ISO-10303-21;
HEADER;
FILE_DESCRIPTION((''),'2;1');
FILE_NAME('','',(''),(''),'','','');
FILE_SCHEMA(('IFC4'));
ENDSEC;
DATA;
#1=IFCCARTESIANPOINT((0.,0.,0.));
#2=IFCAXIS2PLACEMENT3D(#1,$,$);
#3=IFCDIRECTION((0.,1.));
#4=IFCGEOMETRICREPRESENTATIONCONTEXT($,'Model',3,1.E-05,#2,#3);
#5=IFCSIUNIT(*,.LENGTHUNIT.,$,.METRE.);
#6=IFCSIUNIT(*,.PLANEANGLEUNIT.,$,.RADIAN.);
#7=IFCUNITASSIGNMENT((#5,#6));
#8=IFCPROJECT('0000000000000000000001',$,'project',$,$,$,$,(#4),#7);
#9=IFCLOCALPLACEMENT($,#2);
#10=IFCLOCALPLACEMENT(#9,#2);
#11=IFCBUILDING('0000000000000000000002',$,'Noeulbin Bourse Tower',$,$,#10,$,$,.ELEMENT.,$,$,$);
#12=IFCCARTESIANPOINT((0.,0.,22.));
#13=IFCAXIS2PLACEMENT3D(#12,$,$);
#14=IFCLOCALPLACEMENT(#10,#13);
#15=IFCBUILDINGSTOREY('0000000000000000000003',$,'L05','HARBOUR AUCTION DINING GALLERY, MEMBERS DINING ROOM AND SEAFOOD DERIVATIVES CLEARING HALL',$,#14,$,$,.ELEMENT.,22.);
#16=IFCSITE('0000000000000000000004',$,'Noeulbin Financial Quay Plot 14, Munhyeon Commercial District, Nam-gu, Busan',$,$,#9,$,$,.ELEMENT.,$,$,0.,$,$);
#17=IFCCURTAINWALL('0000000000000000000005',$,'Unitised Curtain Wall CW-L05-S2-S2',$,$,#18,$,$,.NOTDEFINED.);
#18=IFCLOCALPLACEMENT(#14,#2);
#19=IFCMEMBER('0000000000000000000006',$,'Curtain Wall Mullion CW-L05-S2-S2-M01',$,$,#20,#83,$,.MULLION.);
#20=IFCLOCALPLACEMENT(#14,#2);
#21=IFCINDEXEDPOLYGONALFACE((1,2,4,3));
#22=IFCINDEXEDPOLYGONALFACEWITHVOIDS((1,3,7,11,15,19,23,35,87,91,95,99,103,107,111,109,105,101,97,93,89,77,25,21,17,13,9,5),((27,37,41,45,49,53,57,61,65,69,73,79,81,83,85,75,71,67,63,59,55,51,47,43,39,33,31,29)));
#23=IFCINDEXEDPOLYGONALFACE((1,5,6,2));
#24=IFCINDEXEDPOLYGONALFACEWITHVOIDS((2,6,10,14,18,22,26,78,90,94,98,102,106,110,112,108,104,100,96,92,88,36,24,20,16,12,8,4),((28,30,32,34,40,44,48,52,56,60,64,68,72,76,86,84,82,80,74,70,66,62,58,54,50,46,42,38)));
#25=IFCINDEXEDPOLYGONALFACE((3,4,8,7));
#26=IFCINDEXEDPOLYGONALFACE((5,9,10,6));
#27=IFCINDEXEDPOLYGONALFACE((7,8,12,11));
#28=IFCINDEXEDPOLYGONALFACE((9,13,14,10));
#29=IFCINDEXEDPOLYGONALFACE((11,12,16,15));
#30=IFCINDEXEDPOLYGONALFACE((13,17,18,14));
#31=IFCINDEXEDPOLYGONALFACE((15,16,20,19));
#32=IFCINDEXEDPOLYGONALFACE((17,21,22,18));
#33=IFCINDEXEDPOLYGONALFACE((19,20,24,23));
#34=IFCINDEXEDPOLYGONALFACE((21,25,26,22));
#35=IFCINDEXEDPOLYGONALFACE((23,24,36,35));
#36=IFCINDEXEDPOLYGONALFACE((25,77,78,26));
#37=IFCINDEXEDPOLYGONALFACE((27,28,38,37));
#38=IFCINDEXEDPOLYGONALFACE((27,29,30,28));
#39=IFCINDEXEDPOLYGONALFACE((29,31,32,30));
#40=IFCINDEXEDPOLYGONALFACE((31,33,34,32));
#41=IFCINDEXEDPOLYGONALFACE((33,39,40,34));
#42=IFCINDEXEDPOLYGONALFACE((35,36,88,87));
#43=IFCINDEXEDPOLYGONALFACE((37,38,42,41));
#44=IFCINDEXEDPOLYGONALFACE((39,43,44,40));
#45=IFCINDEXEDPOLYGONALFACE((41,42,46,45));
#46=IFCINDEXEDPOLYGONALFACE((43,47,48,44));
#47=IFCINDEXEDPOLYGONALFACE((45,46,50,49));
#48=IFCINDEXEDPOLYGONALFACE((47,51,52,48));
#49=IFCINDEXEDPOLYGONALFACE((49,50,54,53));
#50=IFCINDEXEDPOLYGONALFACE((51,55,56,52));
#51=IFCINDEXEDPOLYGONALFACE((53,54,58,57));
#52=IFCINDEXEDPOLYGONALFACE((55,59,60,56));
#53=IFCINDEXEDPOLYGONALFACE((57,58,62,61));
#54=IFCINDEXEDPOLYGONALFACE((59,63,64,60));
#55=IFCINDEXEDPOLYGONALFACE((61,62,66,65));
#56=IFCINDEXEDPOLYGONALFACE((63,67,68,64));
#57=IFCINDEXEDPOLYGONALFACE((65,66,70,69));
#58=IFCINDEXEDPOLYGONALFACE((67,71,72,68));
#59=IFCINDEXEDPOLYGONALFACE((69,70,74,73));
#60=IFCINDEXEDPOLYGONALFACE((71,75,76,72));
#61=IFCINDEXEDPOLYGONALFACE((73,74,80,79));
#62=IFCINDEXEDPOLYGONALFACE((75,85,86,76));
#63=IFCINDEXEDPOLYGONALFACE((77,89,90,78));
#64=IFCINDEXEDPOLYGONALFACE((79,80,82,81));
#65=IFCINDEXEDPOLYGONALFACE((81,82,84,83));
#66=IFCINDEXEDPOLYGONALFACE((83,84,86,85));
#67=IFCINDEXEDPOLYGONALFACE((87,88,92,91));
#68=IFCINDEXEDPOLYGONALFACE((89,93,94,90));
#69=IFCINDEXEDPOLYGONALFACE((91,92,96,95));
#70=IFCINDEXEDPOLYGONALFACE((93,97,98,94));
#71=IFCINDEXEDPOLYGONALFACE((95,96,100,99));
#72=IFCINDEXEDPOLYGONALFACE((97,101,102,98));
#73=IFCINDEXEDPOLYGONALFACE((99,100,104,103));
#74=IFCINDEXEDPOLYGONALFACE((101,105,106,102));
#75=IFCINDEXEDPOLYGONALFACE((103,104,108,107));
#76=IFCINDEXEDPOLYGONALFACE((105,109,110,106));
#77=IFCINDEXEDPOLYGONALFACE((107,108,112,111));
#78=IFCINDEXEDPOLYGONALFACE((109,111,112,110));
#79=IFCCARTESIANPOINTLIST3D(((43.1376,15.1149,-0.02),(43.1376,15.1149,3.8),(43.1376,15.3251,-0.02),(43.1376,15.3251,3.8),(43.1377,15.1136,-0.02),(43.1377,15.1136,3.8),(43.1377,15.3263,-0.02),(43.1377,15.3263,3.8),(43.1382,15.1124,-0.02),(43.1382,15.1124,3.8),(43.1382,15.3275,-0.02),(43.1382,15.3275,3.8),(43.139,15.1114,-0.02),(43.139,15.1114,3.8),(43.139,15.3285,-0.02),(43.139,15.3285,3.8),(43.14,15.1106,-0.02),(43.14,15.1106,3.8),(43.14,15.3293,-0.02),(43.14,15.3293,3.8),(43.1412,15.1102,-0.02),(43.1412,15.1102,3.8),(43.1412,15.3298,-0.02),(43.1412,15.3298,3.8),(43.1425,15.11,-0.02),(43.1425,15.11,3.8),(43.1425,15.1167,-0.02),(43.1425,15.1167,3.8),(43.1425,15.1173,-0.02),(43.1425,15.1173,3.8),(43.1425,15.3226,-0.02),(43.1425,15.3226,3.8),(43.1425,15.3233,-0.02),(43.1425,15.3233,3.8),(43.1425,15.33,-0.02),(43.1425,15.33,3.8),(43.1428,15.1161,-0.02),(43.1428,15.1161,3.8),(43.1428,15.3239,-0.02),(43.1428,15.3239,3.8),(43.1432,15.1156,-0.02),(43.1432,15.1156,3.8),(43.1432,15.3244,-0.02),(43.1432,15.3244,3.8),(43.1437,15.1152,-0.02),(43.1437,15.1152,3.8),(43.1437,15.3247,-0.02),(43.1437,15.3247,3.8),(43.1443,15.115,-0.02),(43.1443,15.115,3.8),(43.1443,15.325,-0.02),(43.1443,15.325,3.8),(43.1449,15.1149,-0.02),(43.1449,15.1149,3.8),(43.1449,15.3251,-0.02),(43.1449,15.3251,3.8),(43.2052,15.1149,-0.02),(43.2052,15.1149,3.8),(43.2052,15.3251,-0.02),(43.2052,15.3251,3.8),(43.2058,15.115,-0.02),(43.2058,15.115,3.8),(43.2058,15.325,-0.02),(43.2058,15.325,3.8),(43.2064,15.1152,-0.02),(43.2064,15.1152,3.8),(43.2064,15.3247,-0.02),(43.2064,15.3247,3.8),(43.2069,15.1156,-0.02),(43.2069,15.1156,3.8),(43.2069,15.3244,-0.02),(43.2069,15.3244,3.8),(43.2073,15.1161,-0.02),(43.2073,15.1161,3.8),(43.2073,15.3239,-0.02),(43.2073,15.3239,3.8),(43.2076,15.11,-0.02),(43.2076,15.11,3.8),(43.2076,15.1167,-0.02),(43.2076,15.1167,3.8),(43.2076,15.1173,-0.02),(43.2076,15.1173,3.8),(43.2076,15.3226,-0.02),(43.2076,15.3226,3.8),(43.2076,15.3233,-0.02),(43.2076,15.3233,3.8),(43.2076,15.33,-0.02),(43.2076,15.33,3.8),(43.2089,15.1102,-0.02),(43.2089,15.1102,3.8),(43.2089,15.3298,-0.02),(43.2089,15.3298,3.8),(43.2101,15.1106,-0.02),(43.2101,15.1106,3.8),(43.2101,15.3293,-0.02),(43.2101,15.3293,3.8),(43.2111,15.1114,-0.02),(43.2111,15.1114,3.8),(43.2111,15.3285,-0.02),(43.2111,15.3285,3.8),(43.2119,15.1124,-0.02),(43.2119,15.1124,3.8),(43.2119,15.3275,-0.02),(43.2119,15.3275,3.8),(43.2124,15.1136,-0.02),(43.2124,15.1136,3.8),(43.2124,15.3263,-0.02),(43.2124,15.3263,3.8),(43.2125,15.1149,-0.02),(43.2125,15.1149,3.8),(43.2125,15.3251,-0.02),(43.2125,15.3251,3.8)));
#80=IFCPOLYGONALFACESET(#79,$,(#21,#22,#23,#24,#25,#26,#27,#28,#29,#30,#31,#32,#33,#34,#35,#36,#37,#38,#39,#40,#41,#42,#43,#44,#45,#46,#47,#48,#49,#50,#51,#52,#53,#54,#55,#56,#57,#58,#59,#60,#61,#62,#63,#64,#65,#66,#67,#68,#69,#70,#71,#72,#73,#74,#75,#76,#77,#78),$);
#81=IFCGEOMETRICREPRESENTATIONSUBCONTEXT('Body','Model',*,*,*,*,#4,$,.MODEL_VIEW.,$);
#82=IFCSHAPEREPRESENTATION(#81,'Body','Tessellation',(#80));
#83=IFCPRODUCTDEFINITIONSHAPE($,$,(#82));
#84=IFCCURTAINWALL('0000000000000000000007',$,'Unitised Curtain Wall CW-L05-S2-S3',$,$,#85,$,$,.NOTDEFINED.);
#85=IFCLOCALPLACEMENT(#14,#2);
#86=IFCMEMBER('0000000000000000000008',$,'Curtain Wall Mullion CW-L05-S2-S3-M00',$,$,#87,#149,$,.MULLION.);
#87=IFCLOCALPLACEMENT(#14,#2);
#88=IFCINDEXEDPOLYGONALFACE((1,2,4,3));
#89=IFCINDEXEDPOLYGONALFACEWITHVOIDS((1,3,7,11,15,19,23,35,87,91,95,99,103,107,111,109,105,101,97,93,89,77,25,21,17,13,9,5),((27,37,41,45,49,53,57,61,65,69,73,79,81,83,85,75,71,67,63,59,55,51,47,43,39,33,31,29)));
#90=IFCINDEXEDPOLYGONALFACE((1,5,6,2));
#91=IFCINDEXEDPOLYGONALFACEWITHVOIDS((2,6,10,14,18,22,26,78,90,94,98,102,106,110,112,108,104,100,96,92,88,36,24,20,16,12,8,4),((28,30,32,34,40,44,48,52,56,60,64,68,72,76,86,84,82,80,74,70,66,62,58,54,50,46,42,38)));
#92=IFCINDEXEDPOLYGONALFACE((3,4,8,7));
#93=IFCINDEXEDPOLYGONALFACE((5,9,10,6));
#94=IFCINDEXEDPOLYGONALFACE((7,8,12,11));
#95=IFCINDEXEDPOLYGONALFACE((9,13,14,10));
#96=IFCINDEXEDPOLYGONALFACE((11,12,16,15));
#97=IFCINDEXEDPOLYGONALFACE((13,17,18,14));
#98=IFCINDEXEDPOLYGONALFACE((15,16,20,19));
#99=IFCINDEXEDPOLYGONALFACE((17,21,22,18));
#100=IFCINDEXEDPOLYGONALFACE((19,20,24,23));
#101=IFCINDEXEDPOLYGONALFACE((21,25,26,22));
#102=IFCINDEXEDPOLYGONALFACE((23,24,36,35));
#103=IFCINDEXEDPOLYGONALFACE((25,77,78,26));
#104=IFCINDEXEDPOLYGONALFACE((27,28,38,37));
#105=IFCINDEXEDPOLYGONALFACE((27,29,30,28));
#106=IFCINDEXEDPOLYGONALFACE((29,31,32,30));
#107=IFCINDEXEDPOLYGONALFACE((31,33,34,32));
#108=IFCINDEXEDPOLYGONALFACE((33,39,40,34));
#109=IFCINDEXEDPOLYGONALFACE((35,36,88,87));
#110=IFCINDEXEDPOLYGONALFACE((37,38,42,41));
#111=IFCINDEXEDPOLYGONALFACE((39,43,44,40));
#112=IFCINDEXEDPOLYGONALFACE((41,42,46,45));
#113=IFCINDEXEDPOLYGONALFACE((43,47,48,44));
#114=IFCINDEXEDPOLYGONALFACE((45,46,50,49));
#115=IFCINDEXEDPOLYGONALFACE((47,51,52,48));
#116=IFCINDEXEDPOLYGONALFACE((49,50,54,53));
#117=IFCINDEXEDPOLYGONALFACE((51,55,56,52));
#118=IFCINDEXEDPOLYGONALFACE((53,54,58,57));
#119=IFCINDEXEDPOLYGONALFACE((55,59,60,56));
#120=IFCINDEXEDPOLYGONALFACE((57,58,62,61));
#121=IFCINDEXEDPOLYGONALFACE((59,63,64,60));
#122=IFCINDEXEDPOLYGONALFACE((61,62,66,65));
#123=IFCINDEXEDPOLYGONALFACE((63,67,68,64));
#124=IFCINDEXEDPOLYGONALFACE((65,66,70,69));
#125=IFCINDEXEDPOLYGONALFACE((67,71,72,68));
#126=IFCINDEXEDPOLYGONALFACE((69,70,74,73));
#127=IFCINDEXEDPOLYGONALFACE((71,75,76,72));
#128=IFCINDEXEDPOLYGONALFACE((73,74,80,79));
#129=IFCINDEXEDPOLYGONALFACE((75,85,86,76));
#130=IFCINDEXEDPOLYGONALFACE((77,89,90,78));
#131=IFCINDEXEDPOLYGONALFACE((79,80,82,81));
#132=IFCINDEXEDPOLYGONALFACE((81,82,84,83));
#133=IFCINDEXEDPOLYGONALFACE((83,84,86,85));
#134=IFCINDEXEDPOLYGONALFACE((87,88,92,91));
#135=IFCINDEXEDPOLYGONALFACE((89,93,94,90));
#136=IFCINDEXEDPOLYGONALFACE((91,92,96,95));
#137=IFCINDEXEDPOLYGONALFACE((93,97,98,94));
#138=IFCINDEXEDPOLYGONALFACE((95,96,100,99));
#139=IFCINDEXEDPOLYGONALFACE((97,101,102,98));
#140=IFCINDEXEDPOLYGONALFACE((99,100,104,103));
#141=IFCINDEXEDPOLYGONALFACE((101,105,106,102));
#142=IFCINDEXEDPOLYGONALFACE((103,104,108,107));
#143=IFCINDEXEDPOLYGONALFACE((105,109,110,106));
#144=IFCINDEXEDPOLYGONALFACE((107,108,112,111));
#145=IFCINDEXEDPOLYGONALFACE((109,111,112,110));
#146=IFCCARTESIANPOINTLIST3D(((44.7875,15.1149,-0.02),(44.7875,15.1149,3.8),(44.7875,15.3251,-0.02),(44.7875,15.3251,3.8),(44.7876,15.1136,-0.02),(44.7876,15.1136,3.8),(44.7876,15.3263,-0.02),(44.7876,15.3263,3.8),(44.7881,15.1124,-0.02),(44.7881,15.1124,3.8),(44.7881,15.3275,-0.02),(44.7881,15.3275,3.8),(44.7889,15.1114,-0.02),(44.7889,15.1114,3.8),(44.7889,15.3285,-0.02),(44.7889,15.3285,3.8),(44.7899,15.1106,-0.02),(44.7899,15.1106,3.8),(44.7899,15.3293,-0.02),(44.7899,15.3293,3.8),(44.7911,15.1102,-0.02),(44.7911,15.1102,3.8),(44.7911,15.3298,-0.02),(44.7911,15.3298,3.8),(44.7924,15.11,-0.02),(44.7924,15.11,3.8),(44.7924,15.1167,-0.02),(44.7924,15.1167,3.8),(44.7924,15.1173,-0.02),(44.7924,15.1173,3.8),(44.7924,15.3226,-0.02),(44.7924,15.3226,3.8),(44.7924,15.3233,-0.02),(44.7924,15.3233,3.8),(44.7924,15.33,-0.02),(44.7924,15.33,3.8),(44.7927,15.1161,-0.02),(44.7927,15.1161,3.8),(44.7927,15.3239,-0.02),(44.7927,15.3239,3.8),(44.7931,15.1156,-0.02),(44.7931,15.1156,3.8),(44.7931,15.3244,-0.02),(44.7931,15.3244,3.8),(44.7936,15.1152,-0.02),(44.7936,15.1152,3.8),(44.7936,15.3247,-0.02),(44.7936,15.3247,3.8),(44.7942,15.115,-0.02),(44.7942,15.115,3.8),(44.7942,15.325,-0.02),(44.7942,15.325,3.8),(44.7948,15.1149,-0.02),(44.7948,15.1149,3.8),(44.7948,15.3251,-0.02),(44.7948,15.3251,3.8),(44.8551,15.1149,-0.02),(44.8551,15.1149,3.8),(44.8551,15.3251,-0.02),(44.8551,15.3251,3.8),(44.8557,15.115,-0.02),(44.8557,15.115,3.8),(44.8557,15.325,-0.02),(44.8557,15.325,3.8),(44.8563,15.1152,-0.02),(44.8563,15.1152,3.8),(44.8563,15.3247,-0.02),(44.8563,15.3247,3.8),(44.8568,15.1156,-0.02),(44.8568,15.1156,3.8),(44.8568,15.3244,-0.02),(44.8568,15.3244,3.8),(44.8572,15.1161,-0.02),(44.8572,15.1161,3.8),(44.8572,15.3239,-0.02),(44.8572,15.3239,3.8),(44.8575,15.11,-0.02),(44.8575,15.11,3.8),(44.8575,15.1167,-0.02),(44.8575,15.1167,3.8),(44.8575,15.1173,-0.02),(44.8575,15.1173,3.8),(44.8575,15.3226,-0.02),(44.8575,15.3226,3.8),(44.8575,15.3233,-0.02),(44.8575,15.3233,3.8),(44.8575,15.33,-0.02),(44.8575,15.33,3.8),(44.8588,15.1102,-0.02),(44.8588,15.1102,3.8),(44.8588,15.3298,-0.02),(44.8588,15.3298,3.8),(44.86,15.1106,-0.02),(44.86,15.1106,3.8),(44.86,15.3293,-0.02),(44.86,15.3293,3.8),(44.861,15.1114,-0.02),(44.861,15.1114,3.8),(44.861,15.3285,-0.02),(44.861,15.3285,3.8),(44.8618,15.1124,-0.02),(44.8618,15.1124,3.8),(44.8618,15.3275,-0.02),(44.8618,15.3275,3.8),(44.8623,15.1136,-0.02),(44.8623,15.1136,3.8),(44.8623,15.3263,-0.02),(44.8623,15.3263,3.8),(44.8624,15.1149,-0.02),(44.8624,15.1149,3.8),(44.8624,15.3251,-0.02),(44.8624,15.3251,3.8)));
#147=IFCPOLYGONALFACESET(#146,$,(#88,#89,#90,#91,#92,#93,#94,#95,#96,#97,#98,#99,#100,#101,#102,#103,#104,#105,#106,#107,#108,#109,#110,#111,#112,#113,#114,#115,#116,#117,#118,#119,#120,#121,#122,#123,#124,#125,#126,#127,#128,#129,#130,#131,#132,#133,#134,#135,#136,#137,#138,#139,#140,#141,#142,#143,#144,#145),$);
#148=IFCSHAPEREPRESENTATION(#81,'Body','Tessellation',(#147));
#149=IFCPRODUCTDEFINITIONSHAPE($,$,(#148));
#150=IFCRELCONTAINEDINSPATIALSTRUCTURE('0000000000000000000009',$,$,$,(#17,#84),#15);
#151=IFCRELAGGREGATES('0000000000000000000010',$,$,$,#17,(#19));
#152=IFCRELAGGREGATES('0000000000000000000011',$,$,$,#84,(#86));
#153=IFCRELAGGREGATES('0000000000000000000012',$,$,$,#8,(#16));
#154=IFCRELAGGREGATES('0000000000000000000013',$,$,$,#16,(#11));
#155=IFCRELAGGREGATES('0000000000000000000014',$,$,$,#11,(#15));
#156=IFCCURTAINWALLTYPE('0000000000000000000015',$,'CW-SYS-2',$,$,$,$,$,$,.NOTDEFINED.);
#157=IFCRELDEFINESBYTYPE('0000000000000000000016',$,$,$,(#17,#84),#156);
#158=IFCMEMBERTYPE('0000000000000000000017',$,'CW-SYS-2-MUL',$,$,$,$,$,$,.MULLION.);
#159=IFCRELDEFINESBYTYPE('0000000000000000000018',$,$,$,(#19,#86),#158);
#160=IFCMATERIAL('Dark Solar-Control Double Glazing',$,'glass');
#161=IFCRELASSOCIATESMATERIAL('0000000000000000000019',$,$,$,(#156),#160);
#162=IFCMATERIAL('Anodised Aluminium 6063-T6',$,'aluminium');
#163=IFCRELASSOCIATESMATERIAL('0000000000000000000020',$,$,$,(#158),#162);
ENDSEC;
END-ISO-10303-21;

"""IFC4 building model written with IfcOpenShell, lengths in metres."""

from ifc_helpers import new_model, si_unit, direction, frame, origin, origin_2d, place, context, subcontext, project, spatial, hollow_rectangle, extrude, material, material_profile, profile_set, type_object, element, aggregate, save


model = new_model("IFC4")

# Units and contexts
model_context = context("Model", 3, precision=1e-05, world=origin(), true_north=direction((0.0, 1.0)))
body_context = subcontext(model_context, "Body", "Model", "MODEL_VIEW")
ifc_project = project(units=[si_unit("LENGTHUNIT", "METRE"), si_unit("PLANEANGLEUNIT", "RADIAN")], contexts=[model_context])

# Site, building, storey
site_placement = place(None, origin())
site = spatial("IfcSite", under=ifc_project, at=site_placement, Name="Noeulbin Financial Quay Plot 14, Munhyeon Commercial District, Nam-gu, Busan", CompositionType="ELEMENT", RefElevation=0.0)
building_placement = place(site_placement, origin())
building = spatial("IfcBuilding", under=site, at=building_placement, Name="Noeulbin Bourse Tower", CompositionType="ELEMENT")
storey_placement = place(building_placement, frame((0.0, 0.0, 22.0)))
storey = spatial("IfcBuildingStorey", under=building, at=storey_placement, Name="L05", Description="HARBOUR AUCTION DINING GALLERY, MEMBERS DINING ROOM AND SEAFOOD DERIVATIVES CLEARING HALL", CompositionType="ELEMENT", Elevation=22.0)

# Shared definitions
ifc_material_1 = material(Name="Dark Solar-Control Double Glazing", Category="glass")
curtain_wall_type = type_object("IfcCurtainWallType", Name="CW-SYS-2", PredefinedType="NOTDEFINED", material=ifc_material_1)
ifc_material_2 = material(Name="Anodised Aluminium 6063-T6", Category="aluminium")
ifc_material_profile_1 = material_profile(ifc_material_2, hollow_rectangle(XDim=0.075, YDim=0.22, WallThickness=0.0049, InnerFilletRadius=0.0024, OuterFilletRadius=0.0049, at=origin_2d()), Name="ALU-MULL-75x220x5", Category="LoadBearing")
ifc_profile_set_1 = profile_set([ifc_material_profile_1], Name="Anodised Aluminium 6063-T6")
member_type_1 = type_object("IfcMemberType", Name="CW-SYS-2-MUL", PredefinedType="MULLION", material=ifc_profile_set_1)

# Curtain walls, members
curtain_wall_1_placement = place(storey_placement, origin())
curtain_wall_1 = element("IfcCurtainWall", 1, at=curtain_wall_1_placement, inside=storey, type_object=curtain_wall_type, Name="Unitised Curtain Wall CW-L05-S2-S2", PredefinedType="NOTDEFINED")
member_1_placement = place(storey_placement, frame((43.175, 15.22, -0.02), z_axis=(0.0, 0.0, 1.0), x_axis=(1.0, 0.0, 0.0)))
member_1 = element("IfcMember", 2, at=member_1_placement, type_object=member_type_1, Name="Curtain Wall Mullion CW-L05-S2-S2-M01", PredefinedType="MULLION", context=body_context, shape_type="SweptSolid", body=[
    extrude(hollow_rectangle(XDim=0.075, YDim=0.22, WallThickness=0.0049, InnerFilletRadius=0.0024, OuterFilletRadius=0.0049, at=origin_2d()), origin(), (0.0, 0.0, 1.0), 3.8201),
])
curtain_wall_2_placement = place(storey_placement, origin())
curtain_wall_2 = element("IfcCurtainWall", 3, at=curtain_wall_2_placement, inside=storey, type_object=curtain_wall_type, Name="Unitised Curtain Wall CW-L05-S2-S3", PredefinedType="NOTDEFINED")
member_2_placement = place(storey_placement, frame((44.825, 15.22, -0.02), z_axis=(0.0, 0.0, 1.0), x_axis=(1.0, 0.0, 0.0)))
member_2 = element("IfcMember", 4, at=member_2_placement, type_object=member_type_1, Name="Curtain Wall Mullion CW-L05-S2-S3-M00", PredefinedType="MULLION", context=body_context, shape_type="SweptSolid", body=[
    extrude(hollow_rectangle(XDim=0.075, YDim=0.22, WallThickness=0.0049, InnerFilletRadius=0.0024, OuterFilletRadius=0.0049, at=origin_2d()), origin(), (0.0, 0.0, 1.0), 3.8201),
])

aggregate(curtain_wall_1, [member_1])
aggregate(curtain_wall_2, [member_2])

save(model, "model.ifc")
